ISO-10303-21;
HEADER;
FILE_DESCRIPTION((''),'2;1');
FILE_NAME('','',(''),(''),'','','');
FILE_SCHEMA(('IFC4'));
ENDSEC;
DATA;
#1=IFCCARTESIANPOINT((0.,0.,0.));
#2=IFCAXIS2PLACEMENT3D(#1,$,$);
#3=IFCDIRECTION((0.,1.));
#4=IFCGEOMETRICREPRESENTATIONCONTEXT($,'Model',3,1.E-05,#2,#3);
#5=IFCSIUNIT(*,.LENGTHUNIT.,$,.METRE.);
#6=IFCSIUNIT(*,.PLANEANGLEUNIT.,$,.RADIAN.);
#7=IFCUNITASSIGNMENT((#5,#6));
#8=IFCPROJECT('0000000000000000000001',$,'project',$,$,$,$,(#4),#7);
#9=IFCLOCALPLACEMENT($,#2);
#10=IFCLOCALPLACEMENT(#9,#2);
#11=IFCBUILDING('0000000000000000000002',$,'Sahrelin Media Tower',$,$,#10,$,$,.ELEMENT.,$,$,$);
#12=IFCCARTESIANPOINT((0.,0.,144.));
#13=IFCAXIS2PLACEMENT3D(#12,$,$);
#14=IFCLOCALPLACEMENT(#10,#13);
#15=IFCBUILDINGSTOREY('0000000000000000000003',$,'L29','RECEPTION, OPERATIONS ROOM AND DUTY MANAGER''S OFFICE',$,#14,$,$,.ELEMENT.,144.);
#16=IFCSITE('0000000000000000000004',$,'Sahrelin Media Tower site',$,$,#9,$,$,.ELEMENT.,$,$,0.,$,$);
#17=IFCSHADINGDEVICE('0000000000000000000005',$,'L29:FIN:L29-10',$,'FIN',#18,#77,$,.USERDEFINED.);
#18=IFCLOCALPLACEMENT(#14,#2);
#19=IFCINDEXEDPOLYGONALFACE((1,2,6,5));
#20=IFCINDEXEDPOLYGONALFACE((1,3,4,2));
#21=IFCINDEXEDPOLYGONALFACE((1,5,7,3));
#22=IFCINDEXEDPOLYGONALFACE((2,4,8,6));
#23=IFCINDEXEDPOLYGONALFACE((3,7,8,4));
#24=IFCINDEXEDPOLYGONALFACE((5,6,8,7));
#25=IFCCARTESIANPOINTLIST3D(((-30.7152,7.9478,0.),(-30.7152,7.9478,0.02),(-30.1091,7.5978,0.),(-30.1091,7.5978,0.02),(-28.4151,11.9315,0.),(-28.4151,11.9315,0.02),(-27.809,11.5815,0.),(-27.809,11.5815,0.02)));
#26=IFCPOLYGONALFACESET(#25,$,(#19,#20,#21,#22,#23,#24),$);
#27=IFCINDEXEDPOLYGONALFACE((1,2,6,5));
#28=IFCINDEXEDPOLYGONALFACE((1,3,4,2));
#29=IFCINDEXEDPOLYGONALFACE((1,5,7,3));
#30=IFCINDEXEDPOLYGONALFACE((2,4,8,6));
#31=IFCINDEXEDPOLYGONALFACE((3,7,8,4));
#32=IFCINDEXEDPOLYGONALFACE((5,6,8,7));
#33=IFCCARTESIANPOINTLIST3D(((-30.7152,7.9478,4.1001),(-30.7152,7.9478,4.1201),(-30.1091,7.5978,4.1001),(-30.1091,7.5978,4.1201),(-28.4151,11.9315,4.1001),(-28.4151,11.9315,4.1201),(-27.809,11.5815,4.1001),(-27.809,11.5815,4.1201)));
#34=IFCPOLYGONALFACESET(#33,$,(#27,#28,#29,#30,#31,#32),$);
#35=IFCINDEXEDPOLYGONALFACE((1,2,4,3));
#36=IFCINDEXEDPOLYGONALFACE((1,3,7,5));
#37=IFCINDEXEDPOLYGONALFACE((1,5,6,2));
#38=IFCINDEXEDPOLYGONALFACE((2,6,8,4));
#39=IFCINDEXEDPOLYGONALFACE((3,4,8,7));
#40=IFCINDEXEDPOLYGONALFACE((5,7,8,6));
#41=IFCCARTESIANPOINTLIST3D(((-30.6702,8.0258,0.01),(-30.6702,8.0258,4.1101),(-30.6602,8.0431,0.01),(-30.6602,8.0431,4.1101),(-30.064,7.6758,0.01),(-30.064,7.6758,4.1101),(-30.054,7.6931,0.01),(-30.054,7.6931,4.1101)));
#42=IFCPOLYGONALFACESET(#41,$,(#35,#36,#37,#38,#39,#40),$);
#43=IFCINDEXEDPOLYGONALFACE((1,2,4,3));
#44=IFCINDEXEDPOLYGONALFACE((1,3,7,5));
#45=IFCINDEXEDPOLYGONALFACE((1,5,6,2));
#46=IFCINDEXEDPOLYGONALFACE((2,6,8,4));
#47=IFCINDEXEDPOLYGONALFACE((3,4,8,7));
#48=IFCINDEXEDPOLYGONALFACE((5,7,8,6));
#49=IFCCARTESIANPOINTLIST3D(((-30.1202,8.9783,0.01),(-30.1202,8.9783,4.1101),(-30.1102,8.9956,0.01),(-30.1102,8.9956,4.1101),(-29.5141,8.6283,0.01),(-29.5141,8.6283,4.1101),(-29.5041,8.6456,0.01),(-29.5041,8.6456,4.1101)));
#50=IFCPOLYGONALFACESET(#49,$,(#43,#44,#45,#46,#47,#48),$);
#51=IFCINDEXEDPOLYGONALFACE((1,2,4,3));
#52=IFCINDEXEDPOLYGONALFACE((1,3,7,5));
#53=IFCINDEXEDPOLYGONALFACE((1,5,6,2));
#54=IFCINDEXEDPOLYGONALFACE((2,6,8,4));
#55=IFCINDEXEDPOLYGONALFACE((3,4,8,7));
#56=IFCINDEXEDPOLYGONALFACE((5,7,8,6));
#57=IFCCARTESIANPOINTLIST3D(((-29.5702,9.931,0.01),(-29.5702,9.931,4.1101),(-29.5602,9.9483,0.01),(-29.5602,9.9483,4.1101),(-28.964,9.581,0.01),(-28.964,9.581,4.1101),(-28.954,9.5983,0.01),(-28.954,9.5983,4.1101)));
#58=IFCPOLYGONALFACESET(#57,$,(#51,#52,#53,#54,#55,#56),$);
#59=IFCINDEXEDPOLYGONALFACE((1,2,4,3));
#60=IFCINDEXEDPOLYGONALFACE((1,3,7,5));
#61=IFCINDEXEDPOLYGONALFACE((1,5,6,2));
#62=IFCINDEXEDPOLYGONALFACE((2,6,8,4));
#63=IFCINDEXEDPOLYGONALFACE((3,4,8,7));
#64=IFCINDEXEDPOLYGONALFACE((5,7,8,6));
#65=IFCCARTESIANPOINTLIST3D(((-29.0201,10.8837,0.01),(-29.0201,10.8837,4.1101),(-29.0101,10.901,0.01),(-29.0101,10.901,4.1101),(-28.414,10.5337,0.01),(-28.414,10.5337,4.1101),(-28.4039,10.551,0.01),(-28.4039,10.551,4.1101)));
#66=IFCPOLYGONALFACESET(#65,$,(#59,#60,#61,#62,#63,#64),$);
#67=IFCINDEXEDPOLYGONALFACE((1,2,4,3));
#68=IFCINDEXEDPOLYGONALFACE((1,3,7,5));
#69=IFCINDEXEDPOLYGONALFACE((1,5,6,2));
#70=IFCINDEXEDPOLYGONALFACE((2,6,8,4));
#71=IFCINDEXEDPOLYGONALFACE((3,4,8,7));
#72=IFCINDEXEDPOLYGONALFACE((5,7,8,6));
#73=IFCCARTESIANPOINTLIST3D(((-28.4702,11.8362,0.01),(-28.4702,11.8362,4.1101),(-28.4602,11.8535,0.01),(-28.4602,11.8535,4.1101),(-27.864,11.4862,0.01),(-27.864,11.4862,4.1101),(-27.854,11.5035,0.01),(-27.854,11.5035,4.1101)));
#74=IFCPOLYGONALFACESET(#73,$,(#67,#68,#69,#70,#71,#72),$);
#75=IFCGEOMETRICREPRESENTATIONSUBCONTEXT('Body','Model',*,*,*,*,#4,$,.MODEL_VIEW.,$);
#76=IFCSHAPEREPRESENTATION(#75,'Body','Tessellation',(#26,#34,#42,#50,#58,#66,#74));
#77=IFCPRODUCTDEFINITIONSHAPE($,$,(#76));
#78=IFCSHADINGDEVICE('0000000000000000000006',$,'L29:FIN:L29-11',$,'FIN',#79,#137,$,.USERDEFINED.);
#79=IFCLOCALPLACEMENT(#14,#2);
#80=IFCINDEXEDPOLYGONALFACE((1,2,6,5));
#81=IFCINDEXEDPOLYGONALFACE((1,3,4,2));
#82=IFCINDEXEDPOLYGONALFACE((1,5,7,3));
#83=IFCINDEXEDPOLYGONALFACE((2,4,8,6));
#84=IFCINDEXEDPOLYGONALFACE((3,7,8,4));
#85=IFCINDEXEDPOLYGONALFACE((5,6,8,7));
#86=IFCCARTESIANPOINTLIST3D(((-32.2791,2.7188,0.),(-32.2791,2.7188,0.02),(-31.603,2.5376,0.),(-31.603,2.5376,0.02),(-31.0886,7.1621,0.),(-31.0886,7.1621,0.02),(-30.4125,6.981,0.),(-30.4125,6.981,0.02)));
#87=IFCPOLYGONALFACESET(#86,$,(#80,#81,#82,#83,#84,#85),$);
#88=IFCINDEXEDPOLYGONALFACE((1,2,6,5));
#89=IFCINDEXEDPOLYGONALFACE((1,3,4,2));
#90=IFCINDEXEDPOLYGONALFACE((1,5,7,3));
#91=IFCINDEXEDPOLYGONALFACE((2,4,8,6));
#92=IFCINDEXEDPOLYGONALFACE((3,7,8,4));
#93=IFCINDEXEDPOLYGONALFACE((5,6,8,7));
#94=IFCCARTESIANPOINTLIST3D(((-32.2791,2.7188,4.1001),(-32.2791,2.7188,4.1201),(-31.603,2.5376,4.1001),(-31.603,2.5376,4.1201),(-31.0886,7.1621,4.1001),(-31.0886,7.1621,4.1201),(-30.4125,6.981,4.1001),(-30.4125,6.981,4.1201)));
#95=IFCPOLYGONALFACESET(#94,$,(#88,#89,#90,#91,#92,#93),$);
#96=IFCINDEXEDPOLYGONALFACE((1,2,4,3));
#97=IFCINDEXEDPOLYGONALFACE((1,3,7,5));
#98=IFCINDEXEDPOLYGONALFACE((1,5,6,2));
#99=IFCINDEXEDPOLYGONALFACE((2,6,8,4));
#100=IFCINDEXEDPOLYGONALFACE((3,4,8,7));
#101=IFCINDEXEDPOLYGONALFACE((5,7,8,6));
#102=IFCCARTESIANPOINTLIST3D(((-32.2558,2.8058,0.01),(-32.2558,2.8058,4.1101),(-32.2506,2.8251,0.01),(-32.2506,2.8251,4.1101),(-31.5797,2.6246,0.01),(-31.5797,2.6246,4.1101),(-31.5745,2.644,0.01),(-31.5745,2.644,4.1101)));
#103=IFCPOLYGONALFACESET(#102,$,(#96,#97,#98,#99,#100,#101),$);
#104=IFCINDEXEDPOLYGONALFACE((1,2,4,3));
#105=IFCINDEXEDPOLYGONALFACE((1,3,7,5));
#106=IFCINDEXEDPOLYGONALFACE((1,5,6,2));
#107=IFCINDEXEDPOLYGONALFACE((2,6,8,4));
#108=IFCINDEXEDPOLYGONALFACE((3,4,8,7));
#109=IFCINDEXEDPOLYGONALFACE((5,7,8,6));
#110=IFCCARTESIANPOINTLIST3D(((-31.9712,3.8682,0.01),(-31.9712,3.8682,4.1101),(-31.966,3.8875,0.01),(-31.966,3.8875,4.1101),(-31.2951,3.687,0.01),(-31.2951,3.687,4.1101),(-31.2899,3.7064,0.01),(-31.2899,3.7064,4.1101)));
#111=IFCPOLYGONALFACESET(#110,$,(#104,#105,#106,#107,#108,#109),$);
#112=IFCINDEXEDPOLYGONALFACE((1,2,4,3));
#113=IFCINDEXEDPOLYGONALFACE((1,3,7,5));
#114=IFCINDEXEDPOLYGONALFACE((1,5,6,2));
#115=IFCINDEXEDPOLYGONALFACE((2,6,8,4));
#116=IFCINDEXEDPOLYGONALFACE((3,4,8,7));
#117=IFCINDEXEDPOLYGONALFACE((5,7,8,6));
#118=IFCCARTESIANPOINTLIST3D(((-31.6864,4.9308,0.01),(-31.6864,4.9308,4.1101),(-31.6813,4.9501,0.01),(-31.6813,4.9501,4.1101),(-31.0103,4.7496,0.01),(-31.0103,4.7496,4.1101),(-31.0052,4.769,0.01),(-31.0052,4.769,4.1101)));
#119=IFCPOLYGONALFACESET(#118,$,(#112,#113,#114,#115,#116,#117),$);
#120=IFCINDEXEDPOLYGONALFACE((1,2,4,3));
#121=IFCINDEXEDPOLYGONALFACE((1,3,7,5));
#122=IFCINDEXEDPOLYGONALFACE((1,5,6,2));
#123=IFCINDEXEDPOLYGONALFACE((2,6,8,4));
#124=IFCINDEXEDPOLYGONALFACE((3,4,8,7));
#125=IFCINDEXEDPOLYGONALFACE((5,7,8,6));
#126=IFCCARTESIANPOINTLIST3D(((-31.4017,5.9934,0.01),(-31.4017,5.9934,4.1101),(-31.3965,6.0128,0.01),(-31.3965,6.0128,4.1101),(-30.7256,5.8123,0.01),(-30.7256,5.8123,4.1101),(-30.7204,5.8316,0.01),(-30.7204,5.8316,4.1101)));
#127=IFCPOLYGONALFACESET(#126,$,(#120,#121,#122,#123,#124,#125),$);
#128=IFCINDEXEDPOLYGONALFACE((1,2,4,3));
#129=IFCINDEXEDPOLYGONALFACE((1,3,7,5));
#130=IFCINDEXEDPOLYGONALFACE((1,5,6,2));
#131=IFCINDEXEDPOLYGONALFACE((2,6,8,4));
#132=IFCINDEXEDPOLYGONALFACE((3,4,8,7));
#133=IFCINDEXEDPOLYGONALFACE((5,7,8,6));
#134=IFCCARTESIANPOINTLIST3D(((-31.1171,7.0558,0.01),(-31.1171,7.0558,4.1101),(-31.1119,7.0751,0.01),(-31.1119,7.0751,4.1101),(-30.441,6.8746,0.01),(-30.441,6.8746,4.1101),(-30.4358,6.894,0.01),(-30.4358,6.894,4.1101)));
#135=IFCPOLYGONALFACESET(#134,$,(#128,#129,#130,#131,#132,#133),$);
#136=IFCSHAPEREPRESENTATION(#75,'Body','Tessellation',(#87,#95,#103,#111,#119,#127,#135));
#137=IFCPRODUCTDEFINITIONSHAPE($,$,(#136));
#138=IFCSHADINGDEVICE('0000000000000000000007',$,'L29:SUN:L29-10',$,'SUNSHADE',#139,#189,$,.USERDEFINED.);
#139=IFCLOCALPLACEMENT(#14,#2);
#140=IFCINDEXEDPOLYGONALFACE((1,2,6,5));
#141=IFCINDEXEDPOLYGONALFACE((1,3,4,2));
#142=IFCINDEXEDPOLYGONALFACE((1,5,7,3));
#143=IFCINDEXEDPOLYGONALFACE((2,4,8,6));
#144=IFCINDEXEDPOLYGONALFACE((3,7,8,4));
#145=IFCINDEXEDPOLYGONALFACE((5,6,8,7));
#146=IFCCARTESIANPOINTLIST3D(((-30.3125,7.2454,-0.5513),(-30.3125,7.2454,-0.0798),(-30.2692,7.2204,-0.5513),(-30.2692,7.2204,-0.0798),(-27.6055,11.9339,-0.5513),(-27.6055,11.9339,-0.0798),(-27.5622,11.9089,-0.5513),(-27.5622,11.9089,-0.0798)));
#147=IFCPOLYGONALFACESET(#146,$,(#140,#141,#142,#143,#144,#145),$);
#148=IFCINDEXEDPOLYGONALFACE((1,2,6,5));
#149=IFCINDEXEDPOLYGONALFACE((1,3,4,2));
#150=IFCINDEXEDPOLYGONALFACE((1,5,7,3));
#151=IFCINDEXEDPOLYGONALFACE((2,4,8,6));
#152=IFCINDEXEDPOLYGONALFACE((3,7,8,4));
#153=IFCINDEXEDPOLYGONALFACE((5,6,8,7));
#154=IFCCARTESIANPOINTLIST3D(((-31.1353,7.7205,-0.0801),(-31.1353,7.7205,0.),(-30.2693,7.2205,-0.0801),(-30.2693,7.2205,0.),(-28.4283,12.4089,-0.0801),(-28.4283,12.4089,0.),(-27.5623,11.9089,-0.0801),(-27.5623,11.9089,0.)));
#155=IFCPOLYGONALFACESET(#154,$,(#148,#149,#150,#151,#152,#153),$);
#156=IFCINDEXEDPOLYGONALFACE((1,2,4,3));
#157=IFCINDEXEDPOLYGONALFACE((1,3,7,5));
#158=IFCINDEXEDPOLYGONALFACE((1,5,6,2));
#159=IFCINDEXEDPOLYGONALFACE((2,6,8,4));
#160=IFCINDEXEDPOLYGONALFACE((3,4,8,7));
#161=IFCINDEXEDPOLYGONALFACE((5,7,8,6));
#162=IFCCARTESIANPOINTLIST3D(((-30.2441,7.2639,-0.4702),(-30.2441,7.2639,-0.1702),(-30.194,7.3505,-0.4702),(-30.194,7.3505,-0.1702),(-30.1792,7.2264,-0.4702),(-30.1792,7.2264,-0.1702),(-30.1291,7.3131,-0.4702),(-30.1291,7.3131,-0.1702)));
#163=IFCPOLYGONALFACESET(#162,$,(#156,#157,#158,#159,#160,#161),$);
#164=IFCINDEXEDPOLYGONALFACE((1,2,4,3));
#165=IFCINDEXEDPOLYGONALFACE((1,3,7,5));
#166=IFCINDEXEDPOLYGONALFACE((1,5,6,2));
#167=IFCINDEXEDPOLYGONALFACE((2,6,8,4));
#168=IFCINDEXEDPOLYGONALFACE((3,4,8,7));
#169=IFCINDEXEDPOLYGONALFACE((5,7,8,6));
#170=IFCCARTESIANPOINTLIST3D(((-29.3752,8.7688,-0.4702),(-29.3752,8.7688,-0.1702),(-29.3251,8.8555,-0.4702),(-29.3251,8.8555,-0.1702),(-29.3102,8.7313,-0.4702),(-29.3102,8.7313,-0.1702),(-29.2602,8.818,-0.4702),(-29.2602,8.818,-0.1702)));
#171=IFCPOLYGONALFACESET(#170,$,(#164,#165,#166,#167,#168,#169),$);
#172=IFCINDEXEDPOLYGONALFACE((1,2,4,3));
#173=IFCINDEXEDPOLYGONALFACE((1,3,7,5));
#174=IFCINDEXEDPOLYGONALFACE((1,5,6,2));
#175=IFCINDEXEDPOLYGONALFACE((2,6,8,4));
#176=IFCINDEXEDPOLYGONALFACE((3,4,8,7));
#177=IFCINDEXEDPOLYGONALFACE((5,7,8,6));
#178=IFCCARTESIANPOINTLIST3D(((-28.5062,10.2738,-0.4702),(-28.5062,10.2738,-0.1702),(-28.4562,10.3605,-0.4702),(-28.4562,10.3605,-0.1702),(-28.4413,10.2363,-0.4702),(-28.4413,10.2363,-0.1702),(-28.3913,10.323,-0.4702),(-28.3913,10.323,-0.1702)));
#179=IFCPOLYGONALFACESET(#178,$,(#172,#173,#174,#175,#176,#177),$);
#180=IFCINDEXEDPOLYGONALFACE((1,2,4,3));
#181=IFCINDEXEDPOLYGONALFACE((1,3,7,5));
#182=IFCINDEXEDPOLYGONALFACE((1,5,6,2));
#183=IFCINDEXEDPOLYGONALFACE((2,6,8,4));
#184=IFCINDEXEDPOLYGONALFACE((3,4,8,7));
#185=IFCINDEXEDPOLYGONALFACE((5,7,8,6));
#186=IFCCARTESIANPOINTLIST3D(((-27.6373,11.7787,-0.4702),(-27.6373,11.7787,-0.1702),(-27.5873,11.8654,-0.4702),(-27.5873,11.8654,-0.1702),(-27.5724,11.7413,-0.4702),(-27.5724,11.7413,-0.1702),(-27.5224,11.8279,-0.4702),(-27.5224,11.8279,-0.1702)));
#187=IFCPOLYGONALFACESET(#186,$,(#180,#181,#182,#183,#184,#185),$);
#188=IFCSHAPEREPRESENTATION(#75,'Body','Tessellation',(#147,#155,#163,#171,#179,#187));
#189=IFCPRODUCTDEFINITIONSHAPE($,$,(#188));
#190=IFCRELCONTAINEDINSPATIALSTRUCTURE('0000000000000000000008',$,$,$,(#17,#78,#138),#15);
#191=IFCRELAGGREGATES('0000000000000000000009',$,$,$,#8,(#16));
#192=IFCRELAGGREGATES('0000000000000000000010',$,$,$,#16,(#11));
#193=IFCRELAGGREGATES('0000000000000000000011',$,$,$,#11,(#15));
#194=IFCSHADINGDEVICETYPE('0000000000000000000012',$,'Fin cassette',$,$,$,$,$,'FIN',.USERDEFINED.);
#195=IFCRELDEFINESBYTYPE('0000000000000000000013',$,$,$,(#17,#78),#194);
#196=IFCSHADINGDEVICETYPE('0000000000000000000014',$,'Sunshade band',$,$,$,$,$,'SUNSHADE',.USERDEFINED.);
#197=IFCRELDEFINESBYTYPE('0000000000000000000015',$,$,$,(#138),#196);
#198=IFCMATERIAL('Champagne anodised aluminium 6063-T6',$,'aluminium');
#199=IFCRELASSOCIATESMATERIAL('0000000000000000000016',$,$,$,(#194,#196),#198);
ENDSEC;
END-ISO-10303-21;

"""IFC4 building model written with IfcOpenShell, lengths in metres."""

from ifc_helpers import new_model, si_unit, direction, frame, origin, origin_2d, place, context, subcontext, project, spatial, rectangle, extrude, material, type_object, element, save


model = new_model("IFC4")

# Units and contexts
model_context = context("Model", 3, precision=1e-05, world=origin(), true_north=direction((0.0, 1.0)))
body_context = subcontext(model_context, "Body", "Model", "MODEL_VIEW")
ifc_project = project(units=[si_unit("LENGTHUNIT", "METRE"), si_unit("PLANEANGLEUNIT", "RADIAN")], contexts=[model_context])

# Site, building, storey
site_placement = place(None, origin())
site = spatial("IfcSite", under=ifc_project, at=site_placement, Name="Sahrelin Media Tower site", CompositionType="ELEMENT", RefElevation=0.0)
building_placement = place(site_placement, origin())
building = spatial("IfcBuilding", under=site, at=building_placement, Name="Sahrelin Media Tower", CompositionType="ELEMENT")
storey_placement = place(building_placement, frame((0.0, 0.0, 144.0)))
storey = spatial("IfcBuildingStorey", under=building, at=storey_placement, Name="L29", Description="RECEPTION, OPERATIONS ROOM AND DUTY MANAGER'S OFFICE", CompositionType="ELEMENT", Elevation=144.0)

# Shared definitions
ifc_material_1 = material(Name="Champagne anodised aluminium 6063-T6", Category="aluminium")

# Shading devices
shading_device_type_1 = type_object("IfcShadingDeviceType", Name="Fin cassette", ElementType="FIN", PredefinedType="USERDEFINED", material=ifc_material_1)
placement_1 = place(storey_placement, frame((-28.8984, 9.5547, 0.0), z_axis=(0.0, 0.0, 1.0), x_axis=(0.500011, 0.866019, 0.0)))
element("IfcShadingDevice", 1, at=placement_1, inside=storey, type_object=shading_device_type_1, Name="L29:FIN:L29-10", ObjectType="FIN", PredefinedType="USERDEFINED", context=body_context, shape_type="SweptSolid", body=[
    extrude(rectangle(XDim=4.6001, YDim=0.7, at=origin_2d()), frame((0.0, 0.4199, 0.0)), (0.0, 0.0, 1.0), 0.02),
    extrude(rectangle(XDim=4.6001, YDim=0.7, at=origin_2d()), frame((0.0, 0.4199, 4.1001)), (0.0, 0.0, 1.0), 0.02),
    extrude(rectangle(XDim=0.02, YDim=0.7, at=origin_2d()), frame((-2.2, 0.4199, 0.01), z_axis=(0.0, 0.0, 1.0), x_axis=(1.0, 0.0, 0.0)), (0.0, 0.0, 1.0), 4.1001),
    extrude(rectangle(XDim=0.02, YDim=0.7, at=origin_2d()), frame((-1.1001, 0.4199, 0.01), z_axis=(0.0, 0.0, 1.0), x_axis=(1.0, 0.0, 0.0)), (0.0, 0.0, 1.0), 4.1001),
    extrude(rectangle(XDim=0.02, YDim=0.7, at=origin_2d()), frame((0.0, 0.4199, 0.01), z_axis=(0.0, 0.0, 1.0), x_axis=(1.0, 0.0, 0.0)), (0.0, 0.0, 1.0), 4.1001),
    extrude(rectangle(XDim=0.02, YDim=0.7, at=origin_2d()), frame((1.1001, 0.4199, 0.01), z_axis=(0.0, 0.0, 1.0), x_axis=(1.0, 0.0, 0.0)), (0.0, 0.0, 1.0), 4.1001),
    extrude(rectangle(XDim=0.02, YDim=0.7, at=origin_2d()), frame((2.2, 0.4199, 0.01), z_axis=(0.0, 0.0, 1.0), x_axis=(1.0, 0.0, 0.0)), (0.0, 0.0, 1.0), 4.1001),
])
placement_2 = place(storey_placement, frame((-30.9402, 4.7412, 0.0), z_axis=(0.0, 0.0, 1.0), x_axis=(0.258808, 0.965929, 0.0)))
element("IfcShadingDevice", 2, at=placement_2, inside=storey, type_object=shading_device_type_1, Name="L29:FIN:L29-11", ObjectType="FIN", PredefinedType="USERDEFINED", context=body_context, shape_type="SweptSolid", body=[
    extrude(rectangle(XDim=4.6001, YDim=0.7, at=origin_2d()), frame((0.0, 0.4199, 0.0)), (0.0, 0.0, 1.0), 0.02),
    extrude(rectangle(XDim=4.6001, YDim=0.7, at=origin_2d()), frame((0.0, 0.4199, 4.1001)), (0.0, 0.0, 1.0), 0.02),
    extrude(rectangle(XDim=0.02, YDim=0.7, at=origin_2d()), frame((-2.2, 0.4199, 0.01), z_axis=(0.0, 0.0, 1.0), x_axis=(1.0, 0.0, 0.0)), (0.0, 0.0, 1.0), 4.1001),
    extrude(rectangle(XDim=0.02, YDim=0.7, at=origin_2d()), frame((-1.1001, 0.4199, 0.01), z_axis=(0.0, 0.0, 1.0), x_axis=(1.0, 0.0, 0.0)), (0.0, 0.0, 1.0), 4.1001),
    extrude(rectangle(XDim=0.02, YDim=0.7, at=origin_2d()), frame((0.0, 0.4199, 0.01), z_axis=(0.0, 0.0, 1.0), x_axis=(1.0, 0.0, 0.0)), (0.0, 0.0, 1.0), 4.1001),
    extrude(rectangle(XDim=0.02, YDim=0.7, at=origin_2d()), frame((1.1001, 0.4199, 0.01), z_axis=(0.0, 0.0, 1.0), x_axis=(1.0, 0.0, 0.0)), (0.0, 0.0, 1.0), 4.1001),
    extrude(rectangle(XDim=0.02, YDim=0.7, at=origin_2d()), frame((2.2, 0.4199, 0.01), z_axis=(0.0, 0.0, 1.0), x_axis=(1.0, 0.0, 0.0)), (0.0, 0.0, 1.0), 4.1001),
])
shading_device_type_2 = type_object("IfcShadingDeviceType", Name="Sunshade band", ElementType="SUNSHADE", PredefinedType="USERDEFINED", material=ifc_material_1)
element("IfcShadingDevice", 3, at=placement_1, inside=storey, type_object=shading_device_type_2, Name="L29:SUN:L29-10", ObjectType="SUNSHADE", PredefinedType="USERDEFINED", context=body_context, shape_type="SweptSolid", body=[
    extrude(rectangle(XDim=5.4138, YDim=0.05, at=origin_2d()), frame((0.0, 0.0449, -0.5513)), (0.0, 0.0, 1.0), 0.4714),
    extrude(rectangle(XDim=5.4138, YDim=1.0, at=origin_2d()), frame((0.0, 0.52, -0.0801)), (0.0, 0.0, 1.0), 0.0801),
    extrude(rectangle(XDim=0.1001, YDim=0.075, at=origin_2d()), frame((-2.6067, -0.0176, -0.4702)), (0.0, 0.0, 1.0), 0.3),
    extrude(rectangle(XDim=0.1001, YDim=0.075, at=origin_2d()), frame((-0.8689, -0.0176, -0.4702)), (0.0, 0.0, 1.0), 0.3),
    extrude(rectangle(XDim=0.1001, YDim=0.075, at=origin_2d()), frame((0.8689, -0.0176, -0.4702)), (0.0, 0.0, 1.0), 0.3),
    extrude(rectangle(XDim=0.1001, YDim=0.075, at=origin_2d()), frame((2.6067, -0.0176, -0.4702)), (0.0, 0.0, 1.0), 0.3),
])

save(model, "model.ifc")
